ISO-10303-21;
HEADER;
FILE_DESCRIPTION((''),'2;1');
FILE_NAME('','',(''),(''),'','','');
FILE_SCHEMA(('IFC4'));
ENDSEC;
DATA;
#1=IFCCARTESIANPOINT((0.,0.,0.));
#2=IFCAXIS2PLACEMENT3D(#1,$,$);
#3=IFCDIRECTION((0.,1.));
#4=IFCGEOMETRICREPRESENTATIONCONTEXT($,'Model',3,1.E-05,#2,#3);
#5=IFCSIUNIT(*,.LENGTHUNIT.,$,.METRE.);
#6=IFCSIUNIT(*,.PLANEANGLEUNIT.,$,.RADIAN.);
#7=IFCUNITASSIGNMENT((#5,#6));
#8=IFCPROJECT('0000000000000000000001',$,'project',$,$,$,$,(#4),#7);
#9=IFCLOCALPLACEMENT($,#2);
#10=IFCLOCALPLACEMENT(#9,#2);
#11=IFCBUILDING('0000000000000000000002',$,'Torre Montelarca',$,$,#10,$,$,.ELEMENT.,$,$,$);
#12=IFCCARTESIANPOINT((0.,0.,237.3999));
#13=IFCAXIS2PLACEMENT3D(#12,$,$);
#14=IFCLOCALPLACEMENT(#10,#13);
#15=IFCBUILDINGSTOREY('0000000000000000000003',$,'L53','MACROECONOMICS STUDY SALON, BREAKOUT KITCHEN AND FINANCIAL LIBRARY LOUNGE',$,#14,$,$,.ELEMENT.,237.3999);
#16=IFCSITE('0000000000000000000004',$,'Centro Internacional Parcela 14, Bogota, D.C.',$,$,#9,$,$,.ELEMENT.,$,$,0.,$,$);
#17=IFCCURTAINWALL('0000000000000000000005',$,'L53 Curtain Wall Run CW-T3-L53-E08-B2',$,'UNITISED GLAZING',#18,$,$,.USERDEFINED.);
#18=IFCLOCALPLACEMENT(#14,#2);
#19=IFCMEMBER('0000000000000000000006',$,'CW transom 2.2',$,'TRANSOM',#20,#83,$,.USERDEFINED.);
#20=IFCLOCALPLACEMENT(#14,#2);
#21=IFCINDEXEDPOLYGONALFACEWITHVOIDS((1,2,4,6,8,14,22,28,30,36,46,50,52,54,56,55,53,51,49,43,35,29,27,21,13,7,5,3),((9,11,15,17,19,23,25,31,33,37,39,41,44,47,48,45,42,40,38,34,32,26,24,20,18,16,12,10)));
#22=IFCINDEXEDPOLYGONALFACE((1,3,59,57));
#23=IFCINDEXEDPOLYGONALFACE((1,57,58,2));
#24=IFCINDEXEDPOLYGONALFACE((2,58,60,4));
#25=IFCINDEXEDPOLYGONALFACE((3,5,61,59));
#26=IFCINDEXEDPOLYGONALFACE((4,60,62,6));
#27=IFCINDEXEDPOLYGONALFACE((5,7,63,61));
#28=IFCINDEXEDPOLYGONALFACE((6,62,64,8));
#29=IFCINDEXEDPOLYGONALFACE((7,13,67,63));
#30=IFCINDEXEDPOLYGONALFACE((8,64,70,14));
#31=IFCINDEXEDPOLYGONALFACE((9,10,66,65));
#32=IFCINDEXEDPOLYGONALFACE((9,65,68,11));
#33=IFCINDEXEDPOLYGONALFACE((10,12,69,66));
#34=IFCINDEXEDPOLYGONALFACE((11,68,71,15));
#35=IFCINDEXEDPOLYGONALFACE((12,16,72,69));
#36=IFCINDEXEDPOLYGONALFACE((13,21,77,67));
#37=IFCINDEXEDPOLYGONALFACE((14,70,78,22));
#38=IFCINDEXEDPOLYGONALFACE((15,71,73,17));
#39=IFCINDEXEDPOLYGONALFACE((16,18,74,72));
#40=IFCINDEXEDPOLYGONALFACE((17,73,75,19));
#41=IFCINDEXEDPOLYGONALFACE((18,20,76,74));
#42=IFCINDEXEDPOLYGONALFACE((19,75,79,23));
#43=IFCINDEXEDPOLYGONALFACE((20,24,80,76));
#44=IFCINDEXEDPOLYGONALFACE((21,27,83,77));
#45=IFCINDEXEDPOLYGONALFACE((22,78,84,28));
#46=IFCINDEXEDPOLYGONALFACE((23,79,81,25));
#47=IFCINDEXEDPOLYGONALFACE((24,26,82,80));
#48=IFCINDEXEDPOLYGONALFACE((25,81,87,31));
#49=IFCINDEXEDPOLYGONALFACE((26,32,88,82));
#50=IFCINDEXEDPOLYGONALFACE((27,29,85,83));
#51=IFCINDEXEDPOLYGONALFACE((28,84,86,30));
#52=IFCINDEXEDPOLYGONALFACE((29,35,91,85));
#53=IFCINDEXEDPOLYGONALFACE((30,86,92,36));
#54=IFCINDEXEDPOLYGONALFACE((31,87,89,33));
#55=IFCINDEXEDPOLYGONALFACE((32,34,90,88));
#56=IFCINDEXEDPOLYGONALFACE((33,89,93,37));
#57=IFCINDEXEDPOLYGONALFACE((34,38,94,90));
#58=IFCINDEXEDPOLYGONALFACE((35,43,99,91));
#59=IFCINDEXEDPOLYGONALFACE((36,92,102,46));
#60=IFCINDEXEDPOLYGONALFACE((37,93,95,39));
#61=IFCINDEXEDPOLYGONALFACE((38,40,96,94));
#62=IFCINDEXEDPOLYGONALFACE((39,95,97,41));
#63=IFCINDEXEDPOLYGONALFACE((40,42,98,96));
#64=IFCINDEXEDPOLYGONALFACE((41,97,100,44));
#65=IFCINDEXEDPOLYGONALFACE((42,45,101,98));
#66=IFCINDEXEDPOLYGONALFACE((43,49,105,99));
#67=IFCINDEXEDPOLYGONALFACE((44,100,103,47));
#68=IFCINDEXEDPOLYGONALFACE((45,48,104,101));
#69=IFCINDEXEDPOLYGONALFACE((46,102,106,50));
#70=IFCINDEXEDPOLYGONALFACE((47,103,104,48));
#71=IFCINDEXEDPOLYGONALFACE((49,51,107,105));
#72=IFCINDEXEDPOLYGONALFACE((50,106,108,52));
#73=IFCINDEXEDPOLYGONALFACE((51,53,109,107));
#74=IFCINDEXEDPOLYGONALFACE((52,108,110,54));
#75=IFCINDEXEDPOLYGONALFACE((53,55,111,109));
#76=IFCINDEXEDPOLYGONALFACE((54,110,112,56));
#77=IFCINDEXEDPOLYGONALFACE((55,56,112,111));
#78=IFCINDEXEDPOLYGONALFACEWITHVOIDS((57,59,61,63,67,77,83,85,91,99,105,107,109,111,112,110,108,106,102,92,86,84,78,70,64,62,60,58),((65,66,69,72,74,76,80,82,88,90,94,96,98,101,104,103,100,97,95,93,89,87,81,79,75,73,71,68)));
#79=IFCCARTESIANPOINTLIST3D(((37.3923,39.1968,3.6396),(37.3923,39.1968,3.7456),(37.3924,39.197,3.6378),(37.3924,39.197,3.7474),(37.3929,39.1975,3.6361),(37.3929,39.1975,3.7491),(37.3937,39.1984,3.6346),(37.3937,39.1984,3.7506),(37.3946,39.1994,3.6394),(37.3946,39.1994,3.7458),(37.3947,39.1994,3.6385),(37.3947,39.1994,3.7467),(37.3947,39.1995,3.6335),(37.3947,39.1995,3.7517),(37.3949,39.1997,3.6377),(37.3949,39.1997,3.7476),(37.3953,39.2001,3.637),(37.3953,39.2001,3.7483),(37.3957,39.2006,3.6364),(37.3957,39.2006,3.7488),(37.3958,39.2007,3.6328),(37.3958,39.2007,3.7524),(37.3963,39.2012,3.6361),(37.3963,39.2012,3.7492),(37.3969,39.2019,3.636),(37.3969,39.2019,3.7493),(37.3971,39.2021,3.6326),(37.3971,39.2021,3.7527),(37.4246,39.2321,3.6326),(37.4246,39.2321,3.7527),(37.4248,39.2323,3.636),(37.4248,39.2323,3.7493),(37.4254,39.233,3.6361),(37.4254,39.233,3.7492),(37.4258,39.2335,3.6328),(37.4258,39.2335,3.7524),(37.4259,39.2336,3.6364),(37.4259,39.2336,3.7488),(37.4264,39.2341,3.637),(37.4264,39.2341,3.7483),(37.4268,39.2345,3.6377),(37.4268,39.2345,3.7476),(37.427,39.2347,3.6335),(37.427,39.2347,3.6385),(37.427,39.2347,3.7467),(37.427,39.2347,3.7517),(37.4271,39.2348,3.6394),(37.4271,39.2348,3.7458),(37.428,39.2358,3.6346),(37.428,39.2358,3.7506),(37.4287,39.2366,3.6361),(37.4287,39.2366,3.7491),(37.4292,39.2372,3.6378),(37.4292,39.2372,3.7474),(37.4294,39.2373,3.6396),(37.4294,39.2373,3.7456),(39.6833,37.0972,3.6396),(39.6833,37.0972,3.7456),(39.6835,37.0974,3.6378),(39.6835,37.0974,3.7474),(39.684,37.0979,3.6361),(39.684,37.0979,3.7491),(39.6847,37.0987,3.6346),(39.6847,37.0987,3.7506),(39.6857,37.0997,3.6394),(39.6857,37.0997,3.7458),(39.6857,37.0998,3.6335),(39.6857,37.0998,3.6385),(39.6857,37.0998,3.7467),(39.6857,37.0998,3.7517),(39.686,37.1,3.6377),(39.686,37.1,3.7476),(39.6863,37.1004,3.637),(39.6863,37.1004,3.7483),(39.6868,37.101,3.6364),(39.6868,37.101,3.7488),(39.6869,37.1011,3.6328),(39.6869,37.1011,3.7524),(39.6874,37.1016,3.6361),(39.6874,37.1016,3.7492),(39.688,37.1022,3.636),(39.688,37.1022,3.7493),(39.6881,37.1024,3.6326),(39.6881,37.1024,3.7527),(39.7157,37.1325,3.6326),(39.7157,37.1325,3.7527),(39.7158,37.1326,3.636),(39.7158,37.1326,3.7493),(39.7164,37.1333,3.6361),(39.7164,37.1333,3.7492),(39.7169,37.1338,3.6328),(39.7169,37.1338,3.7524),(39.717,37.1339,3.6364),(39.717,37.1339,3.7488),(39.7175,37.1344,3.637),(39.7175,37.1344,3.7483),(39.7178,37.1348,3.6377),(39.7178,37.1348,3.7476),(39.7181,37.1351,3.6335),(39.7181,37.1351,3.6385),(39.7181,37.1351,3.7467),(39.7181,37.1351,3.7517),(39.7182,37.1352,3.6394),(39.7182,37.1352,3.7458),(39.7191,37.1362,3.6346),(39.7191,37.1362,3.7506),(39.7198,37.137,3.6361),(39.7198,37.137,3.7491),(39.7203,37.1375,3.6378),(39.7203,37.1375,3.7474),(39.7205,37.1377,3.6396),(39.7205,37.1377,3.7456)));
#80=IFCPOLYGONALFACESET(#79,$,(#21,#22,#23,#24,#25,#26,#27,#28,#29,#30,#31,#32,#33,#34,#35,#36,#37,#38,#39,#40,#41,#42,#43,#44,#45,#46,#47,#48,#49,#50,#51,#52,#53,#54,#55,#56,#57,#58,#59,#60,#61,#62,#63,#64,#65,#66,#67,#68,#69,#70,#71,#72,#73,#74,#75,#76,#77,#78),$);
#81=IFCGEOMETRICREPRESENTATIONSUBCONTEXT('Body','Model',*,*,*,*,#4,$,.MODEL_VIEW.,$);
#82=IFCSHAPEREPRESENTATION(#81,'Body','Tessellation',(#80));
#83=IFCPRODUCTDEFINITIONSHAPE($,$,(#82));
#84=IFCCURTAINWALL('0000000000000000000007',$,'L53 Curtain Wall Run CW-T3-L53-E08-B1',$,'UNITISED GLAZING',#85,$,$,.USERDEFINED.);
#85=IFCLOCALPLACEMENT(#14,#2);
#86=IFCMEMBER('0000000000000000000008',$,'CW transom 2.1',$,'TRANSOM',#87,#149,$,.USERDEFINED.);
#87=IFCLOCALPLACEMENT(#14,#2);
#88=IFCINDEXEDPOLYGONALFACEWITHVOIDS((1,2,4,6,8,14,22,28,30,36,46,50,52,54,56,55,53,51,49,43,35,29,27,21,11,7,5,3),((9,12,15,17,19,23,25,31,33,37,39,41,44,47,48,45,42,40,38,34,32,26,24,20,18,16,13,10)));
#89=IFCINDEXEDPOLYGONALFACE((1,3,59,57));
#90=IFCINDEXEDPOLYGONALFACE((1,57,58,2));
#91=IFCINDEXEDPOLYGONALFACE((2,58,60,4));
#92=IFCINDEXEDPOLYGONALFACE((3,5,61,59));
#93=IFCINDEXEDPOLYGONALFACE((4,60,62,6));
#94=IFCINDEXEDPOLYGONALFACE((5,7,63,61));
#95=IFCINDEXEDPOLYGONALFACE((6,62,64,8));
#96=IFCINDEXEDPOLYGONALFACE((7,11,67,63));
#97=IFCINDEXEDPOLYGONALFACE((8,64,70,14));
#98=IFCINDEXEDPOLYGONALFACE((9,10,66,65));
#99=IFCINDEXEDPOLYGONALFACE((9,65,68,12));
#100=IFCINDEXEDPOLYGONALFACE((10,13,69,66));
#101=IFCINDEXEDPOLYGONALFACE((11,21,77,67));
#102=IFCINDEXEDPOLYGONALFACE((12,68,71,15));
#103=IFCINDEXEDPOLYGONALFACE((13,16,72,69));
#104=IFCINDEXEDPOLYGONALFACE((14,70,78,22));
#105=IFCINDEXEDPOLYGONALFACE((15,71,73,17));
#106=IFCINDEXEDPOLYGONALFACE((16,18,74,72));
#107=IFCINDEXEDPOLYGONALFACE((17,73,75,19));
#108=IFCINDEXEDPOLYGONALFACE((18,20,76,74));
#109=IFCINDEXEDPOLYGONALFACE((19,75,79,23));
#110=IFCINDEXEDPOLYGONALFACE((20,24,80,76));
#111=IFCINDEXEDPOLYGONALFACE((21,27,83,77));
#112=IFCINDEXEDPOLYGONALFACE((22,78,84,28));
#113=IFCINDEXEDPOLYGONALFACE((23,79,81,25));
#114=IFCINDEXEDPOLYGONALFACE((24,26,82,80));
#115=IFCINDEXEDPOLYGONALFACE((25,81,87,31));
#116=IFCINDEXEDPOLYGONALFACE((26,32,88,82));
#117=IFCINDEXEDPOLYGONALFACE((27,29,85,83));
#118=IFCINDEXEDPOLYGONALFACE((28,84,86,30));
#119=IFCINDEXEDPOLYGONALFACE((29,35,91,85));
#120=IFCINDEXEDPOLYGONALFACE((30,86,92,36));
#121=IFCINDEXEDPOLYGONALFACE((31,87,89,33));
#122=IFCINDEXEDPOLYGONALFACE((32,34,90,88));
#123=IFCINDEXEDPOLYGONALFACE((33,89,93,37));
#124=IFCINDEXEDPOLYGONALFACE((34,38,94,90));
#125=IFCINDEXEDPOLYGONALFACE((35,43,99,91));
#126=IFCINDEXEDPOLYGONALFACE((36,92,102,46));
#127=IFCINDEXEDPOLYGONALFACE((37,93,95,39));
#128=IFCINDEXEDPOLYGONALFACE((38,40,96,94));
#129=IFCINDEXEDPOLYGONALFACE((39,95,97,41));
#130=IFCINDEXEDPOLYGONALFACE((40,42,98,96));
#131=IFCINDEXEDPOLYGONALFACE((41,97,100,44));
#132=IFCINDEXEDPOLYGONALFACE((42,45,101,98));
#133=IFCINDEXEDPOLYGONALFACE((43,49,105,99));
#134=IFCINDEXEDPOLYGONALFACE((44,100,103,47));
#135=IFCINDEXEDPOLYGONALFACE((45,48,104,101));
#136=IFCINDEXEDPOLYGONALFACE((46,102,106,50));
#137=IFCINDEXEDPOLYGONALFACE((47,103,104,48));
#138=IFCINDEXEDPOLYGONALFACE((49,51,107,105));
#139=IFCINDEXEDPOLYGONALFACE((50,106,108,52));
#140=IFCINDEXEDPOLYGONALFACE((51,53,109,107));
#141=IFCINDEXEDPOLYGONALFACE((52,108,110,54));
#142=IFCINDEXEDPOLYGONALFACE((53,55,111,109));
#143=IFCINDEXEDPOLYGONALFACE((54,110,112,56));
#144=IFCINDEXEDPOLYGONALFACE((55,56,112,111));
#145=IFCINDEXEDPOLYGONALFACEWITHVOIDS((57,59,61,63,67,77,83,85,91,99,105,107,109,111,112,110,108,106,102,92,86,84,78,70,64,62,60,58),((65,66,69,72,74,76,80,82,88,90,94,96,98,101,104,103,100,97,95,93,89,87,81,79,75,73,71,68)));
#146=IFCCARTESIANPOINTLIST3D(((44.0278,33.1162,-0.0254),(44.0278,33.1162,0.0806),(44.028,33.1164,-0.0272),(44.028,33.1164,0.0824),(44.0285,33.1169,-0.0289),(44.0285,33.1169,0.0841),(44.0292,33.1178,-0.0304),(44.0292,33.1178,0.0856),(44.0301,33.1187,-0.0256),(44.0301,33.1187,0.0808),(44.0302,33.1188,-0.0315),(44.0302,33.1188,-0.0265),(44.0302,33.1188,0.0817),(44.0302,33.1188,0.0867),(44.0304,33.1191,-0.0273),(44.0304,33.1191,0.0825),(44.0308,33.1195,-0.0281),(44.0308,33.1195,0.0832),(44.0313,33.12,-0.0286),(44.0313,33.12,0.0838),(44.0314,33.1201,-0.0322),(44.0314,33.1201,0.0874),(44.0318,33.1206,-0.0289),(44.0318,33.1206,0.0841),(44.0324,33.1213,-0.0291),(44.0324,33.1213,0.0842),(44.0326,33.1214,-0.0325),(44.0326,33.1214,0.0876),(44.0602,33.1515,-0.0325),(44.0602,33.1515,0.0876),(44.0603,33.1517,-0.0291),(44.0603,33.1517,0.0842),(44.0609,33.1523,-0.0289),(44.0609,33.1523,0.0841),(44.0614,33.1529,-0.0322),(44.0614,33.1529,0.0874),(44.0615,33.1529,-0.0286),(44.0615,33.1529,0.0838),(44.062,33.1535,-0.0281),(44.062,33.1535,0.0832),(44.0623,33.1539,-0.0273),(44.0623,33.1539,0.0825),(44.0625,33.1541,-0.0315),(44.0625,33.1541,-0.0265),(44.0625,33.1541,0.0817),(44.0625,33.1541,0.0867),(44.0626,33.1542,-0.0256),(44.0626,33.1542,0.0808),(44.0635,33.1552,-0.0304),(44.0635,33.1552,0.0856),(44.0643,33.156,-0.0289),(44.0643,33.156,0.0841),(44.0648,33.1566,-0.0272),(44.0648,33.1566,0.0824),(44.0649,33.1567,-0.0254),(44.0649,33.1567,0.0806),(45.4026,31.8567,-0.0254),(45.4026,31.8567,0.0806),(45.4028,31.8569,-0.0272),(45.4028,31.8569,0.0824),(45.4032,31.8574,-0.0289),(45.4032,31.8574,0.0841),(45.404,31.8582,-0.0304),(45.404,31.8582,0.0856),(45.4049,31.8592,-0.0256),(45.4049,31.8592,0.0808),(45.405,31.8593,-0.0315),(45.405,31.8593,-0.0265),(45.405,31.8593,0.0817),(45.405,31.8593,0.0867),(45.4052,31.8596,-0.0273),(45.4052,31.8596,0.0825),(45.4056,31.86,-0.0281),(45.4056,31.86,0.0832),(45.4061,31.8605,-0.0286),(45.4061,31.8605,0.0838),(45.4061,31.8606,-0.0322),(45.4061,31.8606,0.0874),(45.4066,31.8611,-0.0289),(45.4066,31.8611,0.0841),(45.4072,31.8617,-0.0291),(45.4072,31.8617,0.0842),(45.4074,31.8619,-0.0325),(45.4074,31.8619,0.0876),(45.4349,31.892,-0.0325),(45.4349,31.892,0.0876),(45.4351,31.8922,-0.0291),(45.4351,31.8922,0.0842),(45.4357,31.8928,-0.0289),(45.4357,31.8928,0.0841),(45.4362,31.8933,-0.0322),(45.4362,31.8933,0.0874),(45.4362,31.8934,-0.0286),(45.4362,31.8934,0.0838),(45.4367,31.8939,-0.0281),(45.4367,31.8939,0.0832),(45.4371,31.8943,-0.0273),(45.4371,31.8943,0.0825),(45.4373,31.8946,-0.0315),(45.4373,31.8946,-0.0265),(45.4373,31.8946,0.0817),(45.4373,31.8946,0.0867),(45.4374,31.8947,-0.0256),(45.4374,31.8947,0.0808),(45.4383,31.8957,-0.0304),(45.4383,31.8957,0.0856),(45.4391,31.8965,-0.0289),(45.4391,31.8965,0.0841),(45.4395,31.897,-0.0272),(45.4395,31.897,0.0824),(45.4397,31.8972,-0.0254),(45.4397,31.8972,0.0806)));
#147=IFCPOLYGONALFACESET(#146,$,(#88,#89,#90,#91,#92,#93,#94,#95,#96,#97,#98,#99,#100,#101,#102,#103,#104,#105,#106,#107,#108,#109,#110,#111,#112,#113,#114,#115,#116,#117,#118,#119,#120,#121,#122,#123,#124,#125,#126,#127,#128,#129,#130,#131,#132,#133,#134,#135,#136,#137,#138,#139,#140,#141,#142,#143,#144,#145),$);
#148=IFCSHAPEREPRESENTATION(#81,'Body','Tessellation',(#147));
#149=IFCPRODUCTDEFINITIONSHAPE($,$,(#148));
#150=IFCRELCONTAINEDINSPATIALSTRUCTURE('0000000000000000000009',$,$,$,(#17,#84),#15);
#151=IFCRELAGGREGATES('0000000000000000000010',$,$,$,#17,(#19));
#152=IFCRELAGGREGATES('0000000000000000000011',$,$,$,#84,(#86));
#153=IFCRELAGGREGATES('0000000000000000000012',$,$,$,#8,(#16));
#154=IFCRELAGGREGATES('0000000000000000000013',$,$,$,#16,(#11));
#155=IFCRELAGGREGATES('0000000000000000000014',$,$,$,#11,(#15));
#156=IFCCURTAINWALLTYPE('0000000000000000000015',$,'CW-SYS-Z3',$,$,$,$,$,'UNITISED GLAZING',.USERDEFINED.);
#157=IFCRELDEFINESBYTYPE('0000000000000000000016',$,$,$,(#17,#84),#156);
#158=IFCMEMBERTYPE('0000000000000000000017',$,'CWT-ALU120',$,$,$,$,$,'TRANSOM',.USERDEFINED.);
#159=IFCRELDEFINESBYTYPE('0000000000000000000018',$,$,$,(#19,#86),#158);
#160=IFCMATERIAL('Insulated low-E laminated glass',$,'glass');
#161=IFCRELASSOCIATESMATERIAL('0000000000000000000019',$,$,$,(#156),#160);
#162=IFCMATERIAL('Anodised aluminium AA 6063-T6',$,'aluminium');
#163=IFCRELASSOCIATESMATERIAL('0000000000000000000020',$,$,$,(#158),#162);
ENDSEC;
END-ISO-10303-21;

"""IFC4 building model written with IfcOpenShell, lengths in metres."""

from ifc_helpers import new_model, si_unit, direction, frame, origin, origin_2d, place, context, subcontext, project, spatial, hollow_rectangle, extrude, source, transform, mapped, material, material_profile, profile_set, type_object, element, aggregate, save


model = new_model("IFC4")

# Units and contexts
model_context = context("Model", 3, precision=1e-05, world=origin(), true_north=direction((0.0, 1.0)))
body_context = subcontext(model_context, "Body", "Model", "MODEL_VIEW")
ifc_project = project(units=[si_unit("LENGTHUNIT", "METRE"), si_unit("PLANEANGLEUNIT", "RADIAN")], contexts=[model_context])

# Site, building, storey
site_placement = place(None, origin())
site = spatial("IfcSite", under=ifc_project, at=site_placement, Name="Centro Internacional Parcela 14, Bogota, D.C.", CompositionType="ELEMENT", RefElevation=0.0)
building_placement = place(site_placement, origin())
building = spatial("IfcBuilding", under=site, at=building_placement, Name="Torre Montelarca", CompositionType="ELEMENT")
storey_placement = place(building_placement, frame((0.0, 0.0, 237.3999)))
storey = spatial("IfcBuildingStorey", under=building, at=storey_placement, Name="L53", Description="MACROECONOMICS STUDY SALON, BREAKOUT KITCHEN AND FINANCIAL LIBRARY LOUNGE", CompositionType="ELEMENT", Elevation=237.3999)

# Curtain wall
ifc_material_1 = material(Name="Insulated low-E laminated glass", Category="glass")
curtain_wall_type = type_object("IfcCurtainWallType", Name="CW-SYS-Z3", ElementType="UNITISED GLAZING", PredefinedType="USERDEFINED", material=ifc_material_1)
curtain_wall_1_placement = place(storey_placement, origin())
curtain_wall_1 = element("IfcCurtainWall", 1, at=curtain_wall_1_placement, inside=storey, type_object=curtain_wall_type, Name="L53 Curtain Wall Run CW-T3-L53-E08-B2", ObjectType="UNITISED GLAZING", PredefinedType="USERDEFINED")
ifc_material_2 = material(Name="Anodised aluminium AA 6063-T6", Category="aluminium")
ifc_material_profile_1 = material_profile(ifc_material_2, hollow_rectangle(XDim=0.0549, YDim=0.1201, WallThickness=0.0034, InnerFilletRadius=0.0034, OuterFilletRadius=0.0071, at=origin_2d()), Name="ALU55X120X3.5", Category="aluminium")
ifc_profile_set_1 = profile_set([ifc_material_profile_1], Name="Anodised aluminium AA 6063-T6")
member_type_1 = type_object("IfcMemberType", Name="CWT-ALU120", ElementType="TRANSOM", PredefinedType="USERDEFINED", material=ifc_profile_set_1)

# Member
shared_shape_1 = source(origin(), body_context, "Body", "SweptSolid", [
    extrude(hollow_rectangle(XDim=0.0549, YDim=0.1201, WallThickness=0.0034, InnerFilletRadius=0.0034, OuterFilletRadius=0.0071, at=origin_2d()), origin(), (0.0, 0.0, 1.0), 3.1077),
])
member_1_placement = place(storey_placement, frame((39.7019, 37.1174, 3.6926), z_axis=(-0.737232, 0.675639, 0.0), x_axis=(-0.675639, -0.737232, 0.0)))
member_1 = element("IfcMember", 2, at=member_1_placement, type_object=member_type_1, Name="CW transom 2.2", ObjectType="TRANSOM", PredefinedType="USERDEFINED", context=body_context, shape_type="MappedRepresentation", body=[
    mapped(shared_shape_1, transform((0.0, 0.0, 0.0), scale=1.0)),
])

# Curtain wall, member
curtain_wall_2_placement = place(storey_placement, origin())
curtain_wall_2 = element("IfcCurtainWall", 3, at=curtain_wall_2_placement, inside=storey, type_object=curtain_wall_type, Name="L53 Curtain Wall Run CW-T3-L53-E08-B1", ObjectType="UNITISED GLAZING", PredefinedType="USERDEFINED")
shared_shape_2 = source(origin(), body_context, "Body", "SweptSolid", [
    extrude(hollow_rectangle(XDim=0.0549, YDim=0.1201, WallThickness=0.0034, InnerFilletRadius=0.0034, OuterFilletRadius=0.0071, at=origin_2d()), origin(), (0.0, 0.0, 1.0), 1.8645),
])
member_2_placement = place(storey_placement, frame((45.4211, 31.877, 0.0276), z_axis=(-0.737333, 0.675529, 0.0), x_axis=(-0.675529, -0.737333, 0.0)))
member_2 = element("IfcMember", 4, at=member_2_placement, type_object=member_type_1, Name="CW transom 2.1", ObjectType="TRANSOM", PredefinedType="USERDEFINED", context=body_context, shape_type="MappedRepresentation", body=[
    mapped(shared_shape_2, transform((0.0, 0.0, 0.0), scale=1.0)),
])

aggregate(curtain_wall_1, [member_1])
aggregate(curtain_wall_2, [member_2])

save(model, "model.ifc")
